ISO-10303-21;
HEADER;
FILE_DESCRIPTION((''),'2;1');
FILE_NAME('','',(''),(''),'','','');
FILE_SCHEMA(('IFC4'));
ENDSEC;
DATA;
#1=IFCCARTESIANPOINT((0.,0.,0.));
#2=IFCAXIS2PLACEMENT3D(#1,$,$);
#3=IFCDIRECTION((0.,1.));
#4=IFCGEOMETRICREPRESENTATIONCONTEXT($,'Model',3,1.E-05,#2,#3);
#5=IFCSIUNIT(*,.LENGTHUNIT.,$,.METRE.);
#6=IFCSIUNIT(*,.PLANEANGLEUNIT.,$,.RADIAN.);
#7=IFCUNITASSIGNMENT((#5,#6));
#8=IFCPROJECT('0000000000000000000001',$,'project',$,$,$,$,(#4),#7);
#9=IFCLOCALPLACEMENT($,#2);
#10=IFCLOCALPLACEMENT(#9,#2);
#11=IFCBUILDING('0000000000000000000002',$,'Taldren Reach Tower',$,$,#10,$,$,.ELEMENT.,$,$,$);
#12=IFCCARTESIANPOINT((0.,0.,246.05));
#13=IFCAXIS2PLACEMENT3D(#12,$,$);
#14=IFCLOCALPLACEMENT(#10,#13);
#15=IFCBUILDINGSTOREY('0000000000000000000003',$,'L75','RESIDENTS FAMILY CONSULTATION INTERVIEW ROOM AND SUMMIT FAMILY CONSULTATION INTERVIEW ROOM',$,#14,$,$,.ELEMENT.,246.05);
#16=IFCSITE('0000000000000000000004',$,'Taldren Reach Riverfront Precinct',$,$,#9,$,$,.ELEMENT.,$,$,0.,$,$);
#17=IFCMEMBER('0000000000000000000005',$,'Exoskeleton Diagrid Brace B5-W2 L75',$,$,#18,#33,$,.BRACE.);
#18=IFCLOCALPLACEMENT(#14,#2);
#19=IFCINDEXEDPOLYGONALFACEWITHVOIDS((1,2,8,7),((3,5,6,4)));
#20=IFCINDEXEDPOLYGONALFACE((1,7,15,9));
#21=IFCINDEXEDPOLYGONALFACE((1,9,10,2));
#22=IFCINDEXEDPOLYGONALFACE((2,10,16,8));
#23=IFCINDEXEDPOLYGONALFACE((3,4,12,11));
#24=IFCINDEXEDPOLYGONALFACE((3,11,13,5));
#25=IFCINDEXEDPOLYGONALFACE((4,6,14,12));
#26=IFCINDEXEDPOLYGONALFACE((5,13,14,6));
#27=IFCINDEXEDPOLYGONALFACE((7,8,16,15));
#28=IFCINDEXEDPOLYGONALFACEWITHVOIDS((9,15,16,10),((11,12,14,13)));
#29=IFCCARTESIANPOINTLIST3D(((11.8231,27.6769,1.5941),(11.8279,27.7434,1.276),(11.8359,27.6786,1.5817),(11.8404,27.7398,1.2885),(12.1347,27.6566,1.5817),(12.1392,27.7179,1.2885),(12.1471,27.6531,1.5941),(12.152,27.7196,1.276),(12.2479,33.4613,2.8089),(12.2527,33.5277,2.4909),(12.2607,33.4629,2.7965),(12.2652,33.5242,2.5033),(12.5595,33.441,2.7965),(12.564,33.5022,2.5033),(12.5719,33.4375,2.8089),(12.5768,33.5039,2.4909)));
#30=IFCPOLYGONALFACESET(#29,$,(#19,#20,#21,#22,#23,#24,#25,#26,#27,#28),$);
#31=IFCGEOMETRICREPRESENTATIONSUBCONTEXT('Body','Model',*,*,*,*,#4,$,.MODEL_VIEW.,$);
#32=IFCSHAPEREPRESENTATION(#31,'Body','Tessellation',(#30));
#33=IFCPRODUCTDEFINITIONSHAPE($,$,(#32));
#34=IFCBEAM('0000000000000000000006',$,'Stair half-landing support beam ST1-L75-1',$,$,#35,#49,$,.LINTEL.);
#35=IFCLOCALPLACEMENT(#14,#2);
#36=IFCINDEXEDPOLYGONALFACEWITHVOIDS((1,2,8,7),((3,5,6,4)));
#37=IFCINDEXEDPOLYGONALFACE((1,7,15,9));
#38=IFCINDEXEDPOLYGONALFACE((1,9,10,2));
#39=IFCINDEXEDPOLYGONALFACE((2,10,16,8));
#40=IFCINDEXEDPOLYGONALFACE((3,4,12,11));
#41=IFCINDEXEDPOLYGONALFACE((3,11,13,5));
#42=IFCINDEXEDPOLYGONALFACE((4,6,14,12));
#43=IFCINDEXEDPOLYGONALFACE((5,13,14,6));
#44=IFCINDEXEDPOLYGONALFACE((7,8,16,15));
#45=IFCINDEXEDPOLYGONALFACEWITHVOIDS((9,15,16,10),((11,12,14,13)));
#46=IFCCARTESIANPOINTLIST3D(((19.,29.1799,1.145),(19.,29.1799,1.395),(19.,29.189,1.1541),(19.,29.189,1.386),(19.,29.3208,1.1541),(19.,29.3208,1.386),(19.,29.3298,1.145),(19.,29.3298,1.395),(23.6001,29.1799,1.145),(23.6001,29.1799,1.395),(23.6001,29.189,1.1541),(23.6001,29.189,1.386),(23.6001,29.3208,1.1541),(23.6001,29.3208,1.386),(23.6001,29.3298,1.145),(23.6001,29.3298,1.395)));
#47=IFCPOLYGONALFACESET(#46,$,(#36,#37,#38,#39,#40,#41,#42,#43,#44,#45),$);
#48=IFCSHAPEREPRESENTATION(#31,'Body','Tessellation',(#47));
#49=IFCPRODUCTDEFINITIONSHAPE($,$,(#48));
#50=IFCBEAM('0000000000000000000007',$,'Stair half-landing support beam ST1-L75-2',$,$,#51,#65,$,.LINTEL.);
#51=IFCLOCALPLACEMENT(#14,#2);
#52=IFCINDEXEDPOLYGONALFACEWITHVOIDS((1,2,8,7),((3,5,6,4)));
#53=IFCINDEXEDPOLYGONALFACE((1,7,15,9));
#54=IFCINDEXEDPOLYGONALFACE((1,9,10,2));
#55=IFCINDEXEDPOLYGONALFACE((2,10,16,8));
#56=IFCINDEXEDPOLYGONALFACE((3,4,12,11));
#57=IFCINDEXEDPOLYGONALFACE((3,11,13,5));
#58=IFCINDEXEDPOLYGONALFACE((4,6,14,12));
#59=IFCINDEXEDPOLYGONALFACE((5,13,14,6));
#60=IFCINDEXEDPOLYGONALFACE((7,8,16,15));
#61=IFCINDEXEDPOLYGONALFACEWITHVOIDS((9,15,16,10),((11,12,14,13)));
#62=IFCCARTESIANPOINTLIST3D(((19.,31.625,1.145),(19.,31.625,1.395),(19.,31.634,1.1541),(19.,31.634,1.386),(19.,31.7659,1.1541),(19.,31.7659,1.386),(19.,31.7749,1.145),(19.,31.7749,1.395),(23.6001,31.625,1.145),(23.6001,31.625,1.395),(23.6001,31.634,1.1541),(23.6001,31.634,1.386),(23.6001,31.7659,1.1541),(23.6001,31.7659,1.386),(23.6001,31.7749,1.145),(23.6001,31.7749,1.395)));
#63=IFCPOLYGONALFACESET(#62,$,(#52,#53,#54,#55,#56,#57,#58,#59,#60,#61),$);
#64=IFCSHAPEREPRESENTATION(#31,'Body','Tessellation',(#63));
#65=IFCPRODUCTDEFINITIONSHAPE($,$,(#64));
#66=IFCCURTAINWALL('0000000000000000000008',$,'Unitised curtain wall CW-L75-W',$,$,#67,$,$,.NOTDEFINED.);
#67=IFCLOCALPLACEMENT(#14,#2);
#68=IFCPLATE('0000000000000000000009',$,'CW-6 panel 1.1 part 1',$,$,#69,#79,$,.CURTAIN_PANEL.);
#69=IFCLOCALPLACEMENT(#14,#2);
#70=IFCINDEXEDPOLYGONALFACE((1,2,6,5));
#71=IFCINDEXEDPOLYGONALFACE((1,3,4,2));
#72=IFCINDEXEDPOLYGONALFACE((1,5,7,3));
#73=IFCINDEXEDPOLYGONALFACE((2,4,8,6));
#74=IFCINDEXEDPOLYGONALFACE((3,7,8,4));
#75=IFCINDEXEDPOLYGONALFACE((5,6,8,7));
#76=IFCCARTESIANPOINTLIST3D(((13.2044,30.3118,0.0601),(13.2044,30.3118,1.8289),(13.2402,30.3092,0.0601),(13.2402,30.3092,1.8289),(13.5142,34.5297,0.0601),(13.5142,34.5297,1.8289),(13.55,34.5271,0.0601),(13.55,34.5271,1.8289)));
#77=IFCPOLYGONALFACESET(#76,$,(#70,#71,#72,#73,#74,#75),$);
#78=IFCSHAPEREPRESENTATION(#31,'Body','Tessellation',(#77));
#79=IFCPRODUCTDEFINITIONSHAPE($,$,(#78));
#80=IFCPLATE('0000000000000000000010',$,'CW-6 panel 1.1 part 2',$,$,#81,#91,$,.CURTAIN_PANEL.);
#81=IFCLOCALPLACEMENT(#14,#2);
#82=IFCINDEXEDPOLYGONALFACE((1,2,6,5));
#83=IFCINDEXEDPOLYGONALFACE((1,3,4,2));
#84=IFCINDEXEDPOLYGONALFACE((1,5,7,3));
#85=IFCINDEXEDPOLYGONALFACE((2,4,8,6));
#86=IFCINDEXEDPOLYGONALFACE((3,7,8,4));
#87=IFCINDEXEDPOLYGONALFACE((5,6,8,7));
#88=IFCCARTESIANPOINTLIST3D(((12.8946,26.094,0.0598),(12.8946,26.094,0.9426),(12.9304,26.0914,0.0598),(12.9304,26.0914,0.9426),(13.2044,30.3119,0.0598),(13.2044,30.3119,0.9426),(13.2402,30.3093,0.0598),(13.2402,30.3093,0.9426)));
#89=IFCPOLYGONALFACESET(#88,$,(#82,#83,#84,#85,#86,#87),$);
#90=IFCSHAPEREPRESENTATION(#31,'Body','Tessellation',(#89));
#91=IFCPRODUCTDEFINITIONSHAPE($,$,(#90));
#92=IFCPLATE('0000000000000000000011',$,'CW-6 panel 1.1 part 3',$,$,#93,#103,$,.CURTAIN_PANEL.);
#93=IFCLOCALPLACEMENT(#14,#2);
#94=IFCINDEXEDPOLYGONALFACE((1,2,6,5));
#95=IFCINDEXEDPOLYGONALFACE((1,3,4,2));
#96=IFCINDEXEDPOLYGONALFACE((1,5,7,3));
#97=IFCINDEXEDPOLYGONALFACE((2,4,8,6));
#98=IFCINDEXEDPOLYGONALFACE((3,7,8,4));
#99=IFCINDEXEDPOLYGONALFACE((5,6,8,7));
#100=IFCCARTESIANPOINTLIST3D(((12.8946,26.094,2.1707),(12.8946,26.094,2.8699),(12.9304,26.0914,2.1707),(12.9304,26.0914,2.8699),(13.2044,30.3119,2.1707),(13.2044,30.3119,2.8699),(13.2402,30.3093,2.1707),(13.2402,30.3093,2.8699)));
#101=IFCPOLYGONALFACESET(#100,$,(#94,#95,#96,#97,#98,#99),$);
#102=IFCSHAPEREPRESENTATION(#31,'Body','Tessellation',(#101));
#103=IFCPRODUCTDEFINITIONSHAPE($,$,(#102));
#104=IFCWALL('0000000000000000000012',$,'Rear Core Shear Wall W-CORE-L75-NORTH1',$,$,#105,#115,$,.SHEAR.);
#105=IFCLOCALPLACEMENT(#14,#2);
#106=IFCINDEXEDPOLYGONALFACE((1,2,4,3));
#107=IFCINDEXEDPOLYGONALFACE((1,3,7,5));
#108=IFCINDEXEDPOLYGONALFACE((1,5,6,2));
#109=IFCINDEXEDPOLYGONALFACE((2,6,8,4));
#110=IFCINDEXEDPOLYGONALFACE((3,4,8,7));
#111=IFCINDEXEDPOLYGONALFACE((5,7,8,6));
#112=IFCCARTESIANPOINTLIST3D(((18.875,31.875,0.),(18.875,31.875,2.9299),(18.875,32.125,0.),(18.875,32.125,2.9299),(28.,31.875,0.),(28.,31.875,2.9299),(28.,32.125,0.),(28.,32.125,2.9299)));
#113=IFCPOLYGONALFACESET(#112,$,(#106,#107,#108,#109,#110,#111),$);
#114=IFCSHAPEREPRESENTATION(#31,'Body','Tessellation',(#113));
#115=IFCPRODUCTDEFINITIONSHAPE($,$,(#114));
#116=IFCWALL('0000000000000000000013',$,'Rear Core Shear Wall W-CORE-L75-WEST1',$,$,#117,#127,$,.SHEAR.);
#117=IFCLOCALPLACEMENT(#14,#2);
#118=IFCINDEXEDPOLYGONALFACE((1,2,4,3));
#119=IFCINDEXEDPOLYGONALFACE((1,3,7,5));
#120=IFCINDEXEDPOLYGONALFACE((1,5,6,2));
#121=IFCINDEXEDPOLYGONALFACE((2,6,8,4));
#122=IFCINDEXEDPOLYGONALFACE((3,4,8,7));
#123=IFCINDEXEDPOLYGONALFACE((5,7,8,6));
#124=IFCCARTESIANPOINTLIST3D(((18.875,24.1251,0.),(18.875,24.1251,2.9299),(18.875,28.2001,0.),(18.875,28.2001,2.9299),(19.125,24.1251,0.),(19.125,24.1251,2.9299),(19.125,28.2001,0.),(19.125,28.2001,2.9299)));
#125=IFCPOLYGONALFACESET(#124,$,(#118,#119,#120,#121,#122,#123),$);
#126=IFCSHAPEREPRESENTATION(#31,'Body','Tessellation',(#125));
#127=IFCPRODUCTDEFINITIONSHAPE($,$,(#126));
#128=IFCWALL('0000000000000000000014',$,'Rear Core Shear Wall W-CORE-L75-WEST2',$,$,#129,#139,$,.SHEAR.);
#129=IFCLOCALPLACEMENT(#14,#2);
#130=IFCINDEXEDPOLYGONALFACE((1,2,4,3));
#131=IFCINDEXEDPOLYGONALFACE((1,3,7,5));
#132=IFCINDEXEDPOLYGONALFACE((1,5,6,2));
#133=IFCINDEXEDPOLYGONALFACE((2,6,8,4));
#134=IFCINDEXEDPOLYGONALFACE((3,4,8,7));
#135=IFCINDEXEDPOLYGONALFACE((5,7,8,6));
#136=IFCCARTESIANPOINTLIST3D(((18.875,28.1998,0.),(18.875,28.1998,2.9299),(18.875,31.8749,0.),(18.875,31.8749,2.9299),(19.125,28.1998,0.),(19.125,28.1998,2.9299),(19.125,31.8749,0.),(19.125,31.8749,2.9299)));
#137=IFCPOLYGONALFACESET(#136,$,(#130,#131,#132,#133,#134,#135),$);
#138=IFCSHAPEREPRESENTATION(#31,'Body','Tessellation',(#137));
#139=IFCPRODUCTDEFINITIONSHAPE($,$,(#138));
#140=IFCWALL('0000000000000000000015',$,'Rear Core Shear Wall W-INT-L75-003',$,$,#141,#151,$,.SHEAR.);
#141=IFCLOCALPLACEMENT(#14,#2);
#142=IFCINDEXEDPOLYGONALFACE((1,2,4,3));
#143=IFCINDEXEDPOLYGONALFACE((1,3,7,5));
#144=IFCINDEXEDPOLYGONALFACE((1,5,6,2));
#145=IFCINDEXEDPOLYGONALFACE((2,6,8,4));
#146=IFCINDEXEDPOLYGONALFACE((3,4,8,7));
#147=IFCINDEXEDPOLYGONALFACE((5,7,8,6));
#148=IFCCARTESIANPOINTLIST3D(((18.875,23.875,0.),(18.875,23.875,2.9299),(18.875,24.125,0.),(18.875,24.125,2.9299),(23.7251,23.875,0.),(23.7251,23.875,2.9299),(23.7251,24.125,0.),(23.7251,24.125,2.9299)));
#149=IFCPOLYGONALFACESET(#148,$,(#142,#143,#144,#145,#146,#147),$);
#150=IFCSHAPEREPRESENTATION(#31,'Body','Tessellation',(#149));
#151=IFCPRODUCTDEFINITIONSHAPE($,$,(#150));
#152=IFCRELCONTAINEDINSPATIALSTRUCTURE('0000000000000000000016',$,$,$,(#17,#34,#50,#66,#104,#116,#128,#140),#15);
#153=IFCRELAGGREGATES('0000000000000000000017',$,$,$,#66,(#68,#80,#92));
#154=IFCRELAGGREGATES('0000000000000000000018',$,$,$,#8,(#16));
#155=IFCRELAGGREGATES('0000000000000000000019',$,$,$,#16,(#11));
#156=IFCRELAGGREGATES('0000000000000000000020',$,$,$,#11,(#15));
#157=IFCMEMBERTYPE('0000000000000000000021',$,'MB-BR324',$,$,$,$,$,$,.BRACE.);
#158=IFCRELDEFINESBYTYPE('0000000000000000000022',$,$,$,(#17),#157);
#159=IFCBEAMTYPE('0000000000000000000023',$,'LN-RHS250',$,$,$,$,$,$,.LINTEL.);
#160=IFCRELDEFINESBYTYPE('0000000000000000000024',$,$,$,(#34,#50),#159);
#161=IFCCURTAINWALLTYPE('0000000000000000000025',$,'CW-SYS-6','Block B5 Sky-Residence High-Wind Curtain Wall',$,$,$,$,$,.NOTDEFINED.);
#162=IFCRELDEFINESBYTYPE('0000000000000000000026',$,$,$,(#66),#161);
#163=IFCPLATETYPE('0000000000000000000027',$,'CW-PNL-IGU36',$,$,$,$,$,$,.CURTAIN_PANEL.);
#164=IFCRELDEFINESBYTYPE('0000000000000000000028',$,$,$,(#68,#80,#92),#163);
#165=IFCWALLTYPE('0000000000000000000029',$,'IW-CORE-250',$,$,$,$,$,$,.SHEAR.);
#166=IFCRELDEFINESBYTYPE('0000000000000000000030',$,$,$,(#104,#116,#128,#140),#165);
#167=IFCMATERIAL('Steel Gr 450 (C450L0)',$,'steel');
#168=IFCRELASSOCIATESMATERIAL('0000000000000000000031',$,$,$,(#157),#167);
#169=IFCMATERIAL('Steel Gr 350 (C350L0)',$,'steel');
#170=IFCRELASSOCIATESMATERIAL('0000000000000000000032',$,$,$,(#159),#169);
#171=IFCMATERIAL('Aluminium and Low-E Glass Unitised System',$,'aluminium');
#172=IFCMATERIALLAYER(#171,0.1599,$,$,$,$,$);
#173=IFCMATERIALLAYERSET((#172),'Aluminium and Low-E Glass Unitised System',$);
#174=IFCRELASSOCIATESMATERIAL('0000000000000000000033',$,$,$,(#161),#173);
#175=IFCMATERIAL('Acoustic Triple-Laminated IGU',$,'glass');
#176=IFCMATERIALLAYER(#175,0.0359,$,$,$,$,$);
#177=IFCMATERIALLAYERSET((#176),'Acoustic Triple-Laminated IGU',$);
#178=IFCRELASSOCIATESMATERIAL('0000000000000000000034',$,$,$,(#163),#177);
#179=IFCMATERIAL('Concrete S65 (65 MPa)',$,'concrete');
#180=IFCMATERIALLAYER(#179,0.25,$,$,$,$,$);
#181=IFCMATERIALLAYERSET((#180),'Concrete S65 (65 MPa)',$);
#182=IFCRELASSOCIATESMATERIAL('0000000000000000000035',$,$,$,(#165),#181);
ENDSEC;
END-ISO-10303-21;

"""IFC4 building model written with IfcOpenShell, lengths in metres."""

from ifc_helpers import new_model, si_unit, direction, frame, frame_2d, origin, origin_2d, place, context, subcontext, project, spatial, rectangle, hollow_rectangle, extrude, source, transform, mapped, material, layer, layer_set, material_profile, profile_set, type_object, element, aggregate, save


model = new_model("IFC4")

# Units and contexts
model_context = context("Model", 3, precision=1e-05, world=origin(), true_north=direction((0.0, 1.0)))
body_context = subcontext(model_context, "Body", "Model", "MODEL_VIEW")
ifc_project = project(units=[si_unit("LENGTHUNIT", "METRE"), si_unit("PLANEANGLEUNIT", "RADIAN")], contexts=[model_context])

# Site, building, storey
site_placement = place(None, origin())
site = spatial("IfcSite", under=ifc_project, at=site_placement, Name="Taldren Reach Riverfront Precinct", CompositionType="ELEMENT", RefElevation=0.0)
building_placement = place(site_placement, origin())
building = spatial("IfcBuilding", under=site, at=building_placement, Name="Taldren Reach Tower", CompositionType="ELEMENT")
storey_placement = place(building_placement, frame((0.0, 0.0, 246.05)))
storey = spatial("IfcBuildingStorey", under=building, at=storey_placement, Name="L75", Description="RESIDENTS FAMILY CONSULTATION INTERVIEW ROOM AND SUMMIT FAMILY CONSULTATION INTERVIEW ROOM", CompositionType="ELEMENT", Elevation=246.05)

# Shared definitions
ifc_material_1 = material(Name="Steel Gr 450 (C450L0)", Category="steel")

# Member
ifc_material_profile_1 = material_profile(ifc_material_1, hollow_rectangle(XDim=0.325, YDim=0.325, WallThickness=0.0127, at=origin_2d()), Name="325x325x12.7SHS")
ifc_profile_set_1 = profile_set([ifc_material_profile_1], Name="Steel Gr 450 (C450L0)")
member_type = type_object("IfcMemberType", Name="MB-BR324", PredefinedType="BRACE", material=ifc_profile_set_1)
shared_shape_1 = source(origin(), body_context, "Body", "SweptSolid", [
    extrude(hollow_rectangle(XDim=0.325, YDim=0.325, WallThickness=0.0127, at=origin_2d()), origin(), (0.0, 0.0, 1.0), 5.9258),
])
member_placement = place(storey_placement, frame((11.9875, 27.6982, 1.4351), z_axis=(0.071687, 0.976132, 0.205007), x_axis=(-0.997314, 0.073242, 0.0)))
element("IfcMember", 1, at=member_placement, inside=storey, type_object=member_type, Name="Exoskeleton Diagrid Brace B5-W2 L75", PredefinedType="BRACE", context=body_context, shape_type="MappedRepresentation", body=[
    mapped(shared_shape_1, transform((0.0, 0.0, 0.0), scale=1.0)),
])

# Beams
ifc_material_2 = material(Name="Steel Gr 350 (C350L0)", Category="steel")
ifc_material_profile_2 = material_profile(ifc_material_2, hollow_rectangle(XDim=0.1499, YDim=0.25, WallThickness=0.009, at=origin_2d()), Name="250x150x9.0RHS")
ifc_profile_set_2 = profile_set([ifc_material_profile_2], Name="Steel Gr 350 (C350L0)")
beam_type_1 = type_object("IfcBeamType", Name="LN-RHS250", PredefinedType="LINTEL", material=ifc_profile_set_2)
shared_shape_2 = source(origin(), body_context, "Body", "SweptSolid", [
    extrude(hollow_rectangle(XDim=0.1499, YDim=0.25, WallThickness=0.009, at=origin_2d()), origin(), (0.0, 0.0, 1.0), 4.6001),
])
for number, where, z_axis, x_axis, name in (
    (2, (19.0, 29.2549, 1.27), (1.0, 0.0, 0.0), (0.0, 1.0, 0.0), "Stair half-landing support beam ST1-L75-1"),
    (3, (19.0, 31.7, 1.27), (1.0, 0.0, 0.0), (0.0, 1.0, 0.0), "Stair half-landing support beam ST1-L75-2"),
):
    element("IfcBeam", number, at=place(storey_placement, frame(where, z_axis=z_axis, x_axis=x_axis)), inside=storey, type_object=beam_type_1, Name=name, PredefinedType="LINTEL", context=body_context, shape_type="MappedRepresentation", body=[
        mapped(shared_shape_2, transform((0.0, 0.0, 0.0), scale=1.0)),
    ])

# Curtain wall, plates
ifc_material_3 = material(Name="Aluminium and Low-E Glass Unitised System", Category="aluminium")
ifc_layer_1 = layer(ifc_material_3, 0.1599)
ifc_layer_set_1 = layer_set([ifc_layer_1], Name="Aluminium and Low-E Glass Unitised System")
curtain_wall_type = type_object("IfcCurtainWallType", Name="CW-SYS-6", Description="Block B5 Sky-Residence High-Wind Curtain Wall", PredefinedType="NOTDEFINED", material=ifc_layer_set_1)
curtain_wall_placement = place(storey_placement, origin())
curtain_wall = element("IfcCurtainWall", 4, at=curtain_wall_placement, inside=storey, type_object=curtain_wall_type, Name="Unitised curtain wall CW-L75-W", PredefinedType="NOTDEFINED")
ifc_material_4 = material(Name="Acoustic Triple-Laminated IGU", Category="glass")
ifc_layer_2 = layer(ifc_material_4, 0.0359)
ifc_layer_set_2 = layer_set([ifc_layer_2], Name="Acoustic Triple-Laminated IGU")
plate_type = type_object("IfcPlateType", Name="CW-PNL-IGU36", PredefinedType="CURTAIN_PANEL", material=ifc_layer_set_2)
shared_shape_3 = source(origin(), body_context, "Body", "SweptSolid", [
    extrude(rectangle(XDim=4.2292, YDim=0.0359, at=origin_2d()), origin(), (0.0, 0.0, 1.0), 1.7688),
])
plate_1_placement = place(storey_placement, frame((13.3772, 32.4194, 0.0601), z_axis=(0.0, 0.0, 1.0), x_axis=(-0.073238, -0.997314, 0.0)))
plate_1 = element("IfcPlate", 5, at=plate_1_placement, type_object=plate_type, Name="CW-6 panel 1.1 part 1", PredefinedType="CURTAIN_PANEL", context=body_context, shape_type="MappedRepresentation", body=[
    mapped(shared_shape_3, transform((0.0, 0.0, 0.0), scale=1.0)),
])
shared_shape_4 = source(origin(), body_context, "Body", "SweptSolid", [
    extrude(rectangle(XDim=4.2292, YDim=0.0359, at=origin_2d()), origin(), (0.0, 0.0, 1.0), 0.8828),
])
plate_2_placement = place(storey_placement, frame((13.0674, 28.2017, 0.0598), z_axis=(0.0, 0.0, 1.0), x_axis=(-0.073238, -0.997314, 0.0)))
plate_2 = element("IfcPlate", 6, at=plate_2_placement, type_object=plate_type, Name="CW-6 panel 1.1 part 2", PredefinedType="CURTAIN_PANEL", context=body_context, shape_type="MappedRepresentation", body=[
    mapped(shared_shape_4, transform((0.0, 0.0, 0.0), scale=1.0)),
])
shared_shape_5 = source(origin(), body_context, "Body", "SweptSolid", [
    extrude(rectangle(XDim=4.2292, YDim=0.0359, at=origin_2d()), origin(), (0.0, 0.0, 1.0), 0.6992),
])
plate_3_placement = place(storey_placement, frame((13.0674, 28.2017, 2.1707), z_axis=(0.0, 0.0, 1.0), x_axis=(-0.073238, -0.997314, 0.0)))
plate_3 = element("IfcPlate", 7, at=plate_3_placement, type_object=plate_type, Name="CW-6 panel 1.1 part 3", PredefinedType="CURTAIN_PANEL", context=body_context, shape_type="MappedRepresentation", body=[
    mapped(shared_shape_5, transform((0.0, 0.0, 0.0), scale=1.0)),
])
aggregate(curtain_wall, [plate_1, plate_2, plate_3])

# Walls
ifc_material_5 = material(Name="Concrete S65 (65 MPa)", Category="concrete")
ifc_layer_3 = layer(ifc_material_5, 0.25)
ifc_layer_set_3 = layer_set([ifc_layer_3], Name="Concrete S65 (65 MPa)")
wall_type = type_object("IfcWallType", Name="IW-CORE-250", PredefinedType="SHEAR", material=ifc_layer_set_3)
shared_shape_6 = source(origin(), body_context, "Body", "SweptSolid", [
    extrude(rectangle(XDim=9.125, YDim=0.25, at=frame_2d((4.5625, 0.0))), origin(), (0.0, 0.0, 1.0), 2.9299),
])
wall_1_placement = place(storey_placement, frame((18.875, 32.0, 0.0), z_axis=(0.0, 0.0, 1.0), x_axis=(1.0, 0.0, 0.0)))
element("IfcWall", 8, at=wall_1_placement, inside=storey, type_object=wall_type, Name="Rear Core Shear Wall W-CORE-L75-NORTH1", PredefinedType="SHEAR", context=body_context, shape_type="MappedRepresentation", body=[
    mapped(shared_shape_6, transform((0.0, 0.0, 0.0), scale=1.0)),
])
shared_shape_7 = source(origin(), body_context, "Body", "SweptSolid", [
    extrude(rectangle(XDim=4.075, YDim=0.25, at=frame_2d((2.0376, 0.0))), origin(), (0.0, 0.0, 1.0), 2.9299),
])
wall_2_placement = place(storey_placement, frame((19.0, 24.125, 0.0), z_axis=(0.0, 0.0, 1.0), x_axis=(0.0, 1.0, 0.0)))
element("IfcWall", 9, at=wall_2_placement, inside=storey, type_object=wall_type, Name="Rear Core Shear Wall W-CORE-L75-WEST1", PredefinedType="SHEAR", context=body_context, shape_type="MappedRepresentation", body=[
    mapped(shared_shape_7, transform((0.0, 0.0, 0.0), scale=1.0)),
])
shared_shape_8 = source(origin(), body_context, "Body", "SweptSolid", [
    extrude(rectangle(XDim=3.675, YDim=0.25, at=frame_2d((1.8374, 0.0))), origin(), (0.0, 0.0, 1.0), 2.9299),
])
wall_3_placement = place(storey_placement, frame((19.0, 28.2, 0.0), z_axis=(0.0, 0.0, 1.0), x_axis=(0.0, 1.0, 0.0)))
element("IfcWall", 10, at=wall_3_placement, inside=storey, type_object=wall_type, Name="Rear Core Shear Wall W-CORE-L75-WEST2", PredefinedType="SHEAR", context=body_context, shape_type="MappedRepresentation", body=[
    mapped(shared_shape_8, transform((0.0, 0.0, 0.0), scale=1.0)),
])
shared_shape_9 = source(origin(), body_context, "Body", "SweptSolid", [
    extrude(rectangle(XDim=4.8501, YDim=0.25, at=frame_2d((2.425, 0.0))), origin(), (0.0, 0.0, 1.0), 2.9299),
])
wall_4_placement = place(storey_placement, frame((18.875, 24.0, 0.0), z_axis=(0.0, 0.0, 1.0), x_axis=(1.0, 0.0, 0.0)))
element("IfcWall", 11, at=wall_4_placement, inside=storey, type_object=wall_type, Name="Rear Core Shear Wall W-INT-L75-003", PredefinedType="SHEAR", context=body_context, shape_type="MappedRepresentation", body=[
    mapped(shared_shape_9, transform((0.0, 0.0, 0.0), scale=1.0)),
])

save(model, "model.ifc")
